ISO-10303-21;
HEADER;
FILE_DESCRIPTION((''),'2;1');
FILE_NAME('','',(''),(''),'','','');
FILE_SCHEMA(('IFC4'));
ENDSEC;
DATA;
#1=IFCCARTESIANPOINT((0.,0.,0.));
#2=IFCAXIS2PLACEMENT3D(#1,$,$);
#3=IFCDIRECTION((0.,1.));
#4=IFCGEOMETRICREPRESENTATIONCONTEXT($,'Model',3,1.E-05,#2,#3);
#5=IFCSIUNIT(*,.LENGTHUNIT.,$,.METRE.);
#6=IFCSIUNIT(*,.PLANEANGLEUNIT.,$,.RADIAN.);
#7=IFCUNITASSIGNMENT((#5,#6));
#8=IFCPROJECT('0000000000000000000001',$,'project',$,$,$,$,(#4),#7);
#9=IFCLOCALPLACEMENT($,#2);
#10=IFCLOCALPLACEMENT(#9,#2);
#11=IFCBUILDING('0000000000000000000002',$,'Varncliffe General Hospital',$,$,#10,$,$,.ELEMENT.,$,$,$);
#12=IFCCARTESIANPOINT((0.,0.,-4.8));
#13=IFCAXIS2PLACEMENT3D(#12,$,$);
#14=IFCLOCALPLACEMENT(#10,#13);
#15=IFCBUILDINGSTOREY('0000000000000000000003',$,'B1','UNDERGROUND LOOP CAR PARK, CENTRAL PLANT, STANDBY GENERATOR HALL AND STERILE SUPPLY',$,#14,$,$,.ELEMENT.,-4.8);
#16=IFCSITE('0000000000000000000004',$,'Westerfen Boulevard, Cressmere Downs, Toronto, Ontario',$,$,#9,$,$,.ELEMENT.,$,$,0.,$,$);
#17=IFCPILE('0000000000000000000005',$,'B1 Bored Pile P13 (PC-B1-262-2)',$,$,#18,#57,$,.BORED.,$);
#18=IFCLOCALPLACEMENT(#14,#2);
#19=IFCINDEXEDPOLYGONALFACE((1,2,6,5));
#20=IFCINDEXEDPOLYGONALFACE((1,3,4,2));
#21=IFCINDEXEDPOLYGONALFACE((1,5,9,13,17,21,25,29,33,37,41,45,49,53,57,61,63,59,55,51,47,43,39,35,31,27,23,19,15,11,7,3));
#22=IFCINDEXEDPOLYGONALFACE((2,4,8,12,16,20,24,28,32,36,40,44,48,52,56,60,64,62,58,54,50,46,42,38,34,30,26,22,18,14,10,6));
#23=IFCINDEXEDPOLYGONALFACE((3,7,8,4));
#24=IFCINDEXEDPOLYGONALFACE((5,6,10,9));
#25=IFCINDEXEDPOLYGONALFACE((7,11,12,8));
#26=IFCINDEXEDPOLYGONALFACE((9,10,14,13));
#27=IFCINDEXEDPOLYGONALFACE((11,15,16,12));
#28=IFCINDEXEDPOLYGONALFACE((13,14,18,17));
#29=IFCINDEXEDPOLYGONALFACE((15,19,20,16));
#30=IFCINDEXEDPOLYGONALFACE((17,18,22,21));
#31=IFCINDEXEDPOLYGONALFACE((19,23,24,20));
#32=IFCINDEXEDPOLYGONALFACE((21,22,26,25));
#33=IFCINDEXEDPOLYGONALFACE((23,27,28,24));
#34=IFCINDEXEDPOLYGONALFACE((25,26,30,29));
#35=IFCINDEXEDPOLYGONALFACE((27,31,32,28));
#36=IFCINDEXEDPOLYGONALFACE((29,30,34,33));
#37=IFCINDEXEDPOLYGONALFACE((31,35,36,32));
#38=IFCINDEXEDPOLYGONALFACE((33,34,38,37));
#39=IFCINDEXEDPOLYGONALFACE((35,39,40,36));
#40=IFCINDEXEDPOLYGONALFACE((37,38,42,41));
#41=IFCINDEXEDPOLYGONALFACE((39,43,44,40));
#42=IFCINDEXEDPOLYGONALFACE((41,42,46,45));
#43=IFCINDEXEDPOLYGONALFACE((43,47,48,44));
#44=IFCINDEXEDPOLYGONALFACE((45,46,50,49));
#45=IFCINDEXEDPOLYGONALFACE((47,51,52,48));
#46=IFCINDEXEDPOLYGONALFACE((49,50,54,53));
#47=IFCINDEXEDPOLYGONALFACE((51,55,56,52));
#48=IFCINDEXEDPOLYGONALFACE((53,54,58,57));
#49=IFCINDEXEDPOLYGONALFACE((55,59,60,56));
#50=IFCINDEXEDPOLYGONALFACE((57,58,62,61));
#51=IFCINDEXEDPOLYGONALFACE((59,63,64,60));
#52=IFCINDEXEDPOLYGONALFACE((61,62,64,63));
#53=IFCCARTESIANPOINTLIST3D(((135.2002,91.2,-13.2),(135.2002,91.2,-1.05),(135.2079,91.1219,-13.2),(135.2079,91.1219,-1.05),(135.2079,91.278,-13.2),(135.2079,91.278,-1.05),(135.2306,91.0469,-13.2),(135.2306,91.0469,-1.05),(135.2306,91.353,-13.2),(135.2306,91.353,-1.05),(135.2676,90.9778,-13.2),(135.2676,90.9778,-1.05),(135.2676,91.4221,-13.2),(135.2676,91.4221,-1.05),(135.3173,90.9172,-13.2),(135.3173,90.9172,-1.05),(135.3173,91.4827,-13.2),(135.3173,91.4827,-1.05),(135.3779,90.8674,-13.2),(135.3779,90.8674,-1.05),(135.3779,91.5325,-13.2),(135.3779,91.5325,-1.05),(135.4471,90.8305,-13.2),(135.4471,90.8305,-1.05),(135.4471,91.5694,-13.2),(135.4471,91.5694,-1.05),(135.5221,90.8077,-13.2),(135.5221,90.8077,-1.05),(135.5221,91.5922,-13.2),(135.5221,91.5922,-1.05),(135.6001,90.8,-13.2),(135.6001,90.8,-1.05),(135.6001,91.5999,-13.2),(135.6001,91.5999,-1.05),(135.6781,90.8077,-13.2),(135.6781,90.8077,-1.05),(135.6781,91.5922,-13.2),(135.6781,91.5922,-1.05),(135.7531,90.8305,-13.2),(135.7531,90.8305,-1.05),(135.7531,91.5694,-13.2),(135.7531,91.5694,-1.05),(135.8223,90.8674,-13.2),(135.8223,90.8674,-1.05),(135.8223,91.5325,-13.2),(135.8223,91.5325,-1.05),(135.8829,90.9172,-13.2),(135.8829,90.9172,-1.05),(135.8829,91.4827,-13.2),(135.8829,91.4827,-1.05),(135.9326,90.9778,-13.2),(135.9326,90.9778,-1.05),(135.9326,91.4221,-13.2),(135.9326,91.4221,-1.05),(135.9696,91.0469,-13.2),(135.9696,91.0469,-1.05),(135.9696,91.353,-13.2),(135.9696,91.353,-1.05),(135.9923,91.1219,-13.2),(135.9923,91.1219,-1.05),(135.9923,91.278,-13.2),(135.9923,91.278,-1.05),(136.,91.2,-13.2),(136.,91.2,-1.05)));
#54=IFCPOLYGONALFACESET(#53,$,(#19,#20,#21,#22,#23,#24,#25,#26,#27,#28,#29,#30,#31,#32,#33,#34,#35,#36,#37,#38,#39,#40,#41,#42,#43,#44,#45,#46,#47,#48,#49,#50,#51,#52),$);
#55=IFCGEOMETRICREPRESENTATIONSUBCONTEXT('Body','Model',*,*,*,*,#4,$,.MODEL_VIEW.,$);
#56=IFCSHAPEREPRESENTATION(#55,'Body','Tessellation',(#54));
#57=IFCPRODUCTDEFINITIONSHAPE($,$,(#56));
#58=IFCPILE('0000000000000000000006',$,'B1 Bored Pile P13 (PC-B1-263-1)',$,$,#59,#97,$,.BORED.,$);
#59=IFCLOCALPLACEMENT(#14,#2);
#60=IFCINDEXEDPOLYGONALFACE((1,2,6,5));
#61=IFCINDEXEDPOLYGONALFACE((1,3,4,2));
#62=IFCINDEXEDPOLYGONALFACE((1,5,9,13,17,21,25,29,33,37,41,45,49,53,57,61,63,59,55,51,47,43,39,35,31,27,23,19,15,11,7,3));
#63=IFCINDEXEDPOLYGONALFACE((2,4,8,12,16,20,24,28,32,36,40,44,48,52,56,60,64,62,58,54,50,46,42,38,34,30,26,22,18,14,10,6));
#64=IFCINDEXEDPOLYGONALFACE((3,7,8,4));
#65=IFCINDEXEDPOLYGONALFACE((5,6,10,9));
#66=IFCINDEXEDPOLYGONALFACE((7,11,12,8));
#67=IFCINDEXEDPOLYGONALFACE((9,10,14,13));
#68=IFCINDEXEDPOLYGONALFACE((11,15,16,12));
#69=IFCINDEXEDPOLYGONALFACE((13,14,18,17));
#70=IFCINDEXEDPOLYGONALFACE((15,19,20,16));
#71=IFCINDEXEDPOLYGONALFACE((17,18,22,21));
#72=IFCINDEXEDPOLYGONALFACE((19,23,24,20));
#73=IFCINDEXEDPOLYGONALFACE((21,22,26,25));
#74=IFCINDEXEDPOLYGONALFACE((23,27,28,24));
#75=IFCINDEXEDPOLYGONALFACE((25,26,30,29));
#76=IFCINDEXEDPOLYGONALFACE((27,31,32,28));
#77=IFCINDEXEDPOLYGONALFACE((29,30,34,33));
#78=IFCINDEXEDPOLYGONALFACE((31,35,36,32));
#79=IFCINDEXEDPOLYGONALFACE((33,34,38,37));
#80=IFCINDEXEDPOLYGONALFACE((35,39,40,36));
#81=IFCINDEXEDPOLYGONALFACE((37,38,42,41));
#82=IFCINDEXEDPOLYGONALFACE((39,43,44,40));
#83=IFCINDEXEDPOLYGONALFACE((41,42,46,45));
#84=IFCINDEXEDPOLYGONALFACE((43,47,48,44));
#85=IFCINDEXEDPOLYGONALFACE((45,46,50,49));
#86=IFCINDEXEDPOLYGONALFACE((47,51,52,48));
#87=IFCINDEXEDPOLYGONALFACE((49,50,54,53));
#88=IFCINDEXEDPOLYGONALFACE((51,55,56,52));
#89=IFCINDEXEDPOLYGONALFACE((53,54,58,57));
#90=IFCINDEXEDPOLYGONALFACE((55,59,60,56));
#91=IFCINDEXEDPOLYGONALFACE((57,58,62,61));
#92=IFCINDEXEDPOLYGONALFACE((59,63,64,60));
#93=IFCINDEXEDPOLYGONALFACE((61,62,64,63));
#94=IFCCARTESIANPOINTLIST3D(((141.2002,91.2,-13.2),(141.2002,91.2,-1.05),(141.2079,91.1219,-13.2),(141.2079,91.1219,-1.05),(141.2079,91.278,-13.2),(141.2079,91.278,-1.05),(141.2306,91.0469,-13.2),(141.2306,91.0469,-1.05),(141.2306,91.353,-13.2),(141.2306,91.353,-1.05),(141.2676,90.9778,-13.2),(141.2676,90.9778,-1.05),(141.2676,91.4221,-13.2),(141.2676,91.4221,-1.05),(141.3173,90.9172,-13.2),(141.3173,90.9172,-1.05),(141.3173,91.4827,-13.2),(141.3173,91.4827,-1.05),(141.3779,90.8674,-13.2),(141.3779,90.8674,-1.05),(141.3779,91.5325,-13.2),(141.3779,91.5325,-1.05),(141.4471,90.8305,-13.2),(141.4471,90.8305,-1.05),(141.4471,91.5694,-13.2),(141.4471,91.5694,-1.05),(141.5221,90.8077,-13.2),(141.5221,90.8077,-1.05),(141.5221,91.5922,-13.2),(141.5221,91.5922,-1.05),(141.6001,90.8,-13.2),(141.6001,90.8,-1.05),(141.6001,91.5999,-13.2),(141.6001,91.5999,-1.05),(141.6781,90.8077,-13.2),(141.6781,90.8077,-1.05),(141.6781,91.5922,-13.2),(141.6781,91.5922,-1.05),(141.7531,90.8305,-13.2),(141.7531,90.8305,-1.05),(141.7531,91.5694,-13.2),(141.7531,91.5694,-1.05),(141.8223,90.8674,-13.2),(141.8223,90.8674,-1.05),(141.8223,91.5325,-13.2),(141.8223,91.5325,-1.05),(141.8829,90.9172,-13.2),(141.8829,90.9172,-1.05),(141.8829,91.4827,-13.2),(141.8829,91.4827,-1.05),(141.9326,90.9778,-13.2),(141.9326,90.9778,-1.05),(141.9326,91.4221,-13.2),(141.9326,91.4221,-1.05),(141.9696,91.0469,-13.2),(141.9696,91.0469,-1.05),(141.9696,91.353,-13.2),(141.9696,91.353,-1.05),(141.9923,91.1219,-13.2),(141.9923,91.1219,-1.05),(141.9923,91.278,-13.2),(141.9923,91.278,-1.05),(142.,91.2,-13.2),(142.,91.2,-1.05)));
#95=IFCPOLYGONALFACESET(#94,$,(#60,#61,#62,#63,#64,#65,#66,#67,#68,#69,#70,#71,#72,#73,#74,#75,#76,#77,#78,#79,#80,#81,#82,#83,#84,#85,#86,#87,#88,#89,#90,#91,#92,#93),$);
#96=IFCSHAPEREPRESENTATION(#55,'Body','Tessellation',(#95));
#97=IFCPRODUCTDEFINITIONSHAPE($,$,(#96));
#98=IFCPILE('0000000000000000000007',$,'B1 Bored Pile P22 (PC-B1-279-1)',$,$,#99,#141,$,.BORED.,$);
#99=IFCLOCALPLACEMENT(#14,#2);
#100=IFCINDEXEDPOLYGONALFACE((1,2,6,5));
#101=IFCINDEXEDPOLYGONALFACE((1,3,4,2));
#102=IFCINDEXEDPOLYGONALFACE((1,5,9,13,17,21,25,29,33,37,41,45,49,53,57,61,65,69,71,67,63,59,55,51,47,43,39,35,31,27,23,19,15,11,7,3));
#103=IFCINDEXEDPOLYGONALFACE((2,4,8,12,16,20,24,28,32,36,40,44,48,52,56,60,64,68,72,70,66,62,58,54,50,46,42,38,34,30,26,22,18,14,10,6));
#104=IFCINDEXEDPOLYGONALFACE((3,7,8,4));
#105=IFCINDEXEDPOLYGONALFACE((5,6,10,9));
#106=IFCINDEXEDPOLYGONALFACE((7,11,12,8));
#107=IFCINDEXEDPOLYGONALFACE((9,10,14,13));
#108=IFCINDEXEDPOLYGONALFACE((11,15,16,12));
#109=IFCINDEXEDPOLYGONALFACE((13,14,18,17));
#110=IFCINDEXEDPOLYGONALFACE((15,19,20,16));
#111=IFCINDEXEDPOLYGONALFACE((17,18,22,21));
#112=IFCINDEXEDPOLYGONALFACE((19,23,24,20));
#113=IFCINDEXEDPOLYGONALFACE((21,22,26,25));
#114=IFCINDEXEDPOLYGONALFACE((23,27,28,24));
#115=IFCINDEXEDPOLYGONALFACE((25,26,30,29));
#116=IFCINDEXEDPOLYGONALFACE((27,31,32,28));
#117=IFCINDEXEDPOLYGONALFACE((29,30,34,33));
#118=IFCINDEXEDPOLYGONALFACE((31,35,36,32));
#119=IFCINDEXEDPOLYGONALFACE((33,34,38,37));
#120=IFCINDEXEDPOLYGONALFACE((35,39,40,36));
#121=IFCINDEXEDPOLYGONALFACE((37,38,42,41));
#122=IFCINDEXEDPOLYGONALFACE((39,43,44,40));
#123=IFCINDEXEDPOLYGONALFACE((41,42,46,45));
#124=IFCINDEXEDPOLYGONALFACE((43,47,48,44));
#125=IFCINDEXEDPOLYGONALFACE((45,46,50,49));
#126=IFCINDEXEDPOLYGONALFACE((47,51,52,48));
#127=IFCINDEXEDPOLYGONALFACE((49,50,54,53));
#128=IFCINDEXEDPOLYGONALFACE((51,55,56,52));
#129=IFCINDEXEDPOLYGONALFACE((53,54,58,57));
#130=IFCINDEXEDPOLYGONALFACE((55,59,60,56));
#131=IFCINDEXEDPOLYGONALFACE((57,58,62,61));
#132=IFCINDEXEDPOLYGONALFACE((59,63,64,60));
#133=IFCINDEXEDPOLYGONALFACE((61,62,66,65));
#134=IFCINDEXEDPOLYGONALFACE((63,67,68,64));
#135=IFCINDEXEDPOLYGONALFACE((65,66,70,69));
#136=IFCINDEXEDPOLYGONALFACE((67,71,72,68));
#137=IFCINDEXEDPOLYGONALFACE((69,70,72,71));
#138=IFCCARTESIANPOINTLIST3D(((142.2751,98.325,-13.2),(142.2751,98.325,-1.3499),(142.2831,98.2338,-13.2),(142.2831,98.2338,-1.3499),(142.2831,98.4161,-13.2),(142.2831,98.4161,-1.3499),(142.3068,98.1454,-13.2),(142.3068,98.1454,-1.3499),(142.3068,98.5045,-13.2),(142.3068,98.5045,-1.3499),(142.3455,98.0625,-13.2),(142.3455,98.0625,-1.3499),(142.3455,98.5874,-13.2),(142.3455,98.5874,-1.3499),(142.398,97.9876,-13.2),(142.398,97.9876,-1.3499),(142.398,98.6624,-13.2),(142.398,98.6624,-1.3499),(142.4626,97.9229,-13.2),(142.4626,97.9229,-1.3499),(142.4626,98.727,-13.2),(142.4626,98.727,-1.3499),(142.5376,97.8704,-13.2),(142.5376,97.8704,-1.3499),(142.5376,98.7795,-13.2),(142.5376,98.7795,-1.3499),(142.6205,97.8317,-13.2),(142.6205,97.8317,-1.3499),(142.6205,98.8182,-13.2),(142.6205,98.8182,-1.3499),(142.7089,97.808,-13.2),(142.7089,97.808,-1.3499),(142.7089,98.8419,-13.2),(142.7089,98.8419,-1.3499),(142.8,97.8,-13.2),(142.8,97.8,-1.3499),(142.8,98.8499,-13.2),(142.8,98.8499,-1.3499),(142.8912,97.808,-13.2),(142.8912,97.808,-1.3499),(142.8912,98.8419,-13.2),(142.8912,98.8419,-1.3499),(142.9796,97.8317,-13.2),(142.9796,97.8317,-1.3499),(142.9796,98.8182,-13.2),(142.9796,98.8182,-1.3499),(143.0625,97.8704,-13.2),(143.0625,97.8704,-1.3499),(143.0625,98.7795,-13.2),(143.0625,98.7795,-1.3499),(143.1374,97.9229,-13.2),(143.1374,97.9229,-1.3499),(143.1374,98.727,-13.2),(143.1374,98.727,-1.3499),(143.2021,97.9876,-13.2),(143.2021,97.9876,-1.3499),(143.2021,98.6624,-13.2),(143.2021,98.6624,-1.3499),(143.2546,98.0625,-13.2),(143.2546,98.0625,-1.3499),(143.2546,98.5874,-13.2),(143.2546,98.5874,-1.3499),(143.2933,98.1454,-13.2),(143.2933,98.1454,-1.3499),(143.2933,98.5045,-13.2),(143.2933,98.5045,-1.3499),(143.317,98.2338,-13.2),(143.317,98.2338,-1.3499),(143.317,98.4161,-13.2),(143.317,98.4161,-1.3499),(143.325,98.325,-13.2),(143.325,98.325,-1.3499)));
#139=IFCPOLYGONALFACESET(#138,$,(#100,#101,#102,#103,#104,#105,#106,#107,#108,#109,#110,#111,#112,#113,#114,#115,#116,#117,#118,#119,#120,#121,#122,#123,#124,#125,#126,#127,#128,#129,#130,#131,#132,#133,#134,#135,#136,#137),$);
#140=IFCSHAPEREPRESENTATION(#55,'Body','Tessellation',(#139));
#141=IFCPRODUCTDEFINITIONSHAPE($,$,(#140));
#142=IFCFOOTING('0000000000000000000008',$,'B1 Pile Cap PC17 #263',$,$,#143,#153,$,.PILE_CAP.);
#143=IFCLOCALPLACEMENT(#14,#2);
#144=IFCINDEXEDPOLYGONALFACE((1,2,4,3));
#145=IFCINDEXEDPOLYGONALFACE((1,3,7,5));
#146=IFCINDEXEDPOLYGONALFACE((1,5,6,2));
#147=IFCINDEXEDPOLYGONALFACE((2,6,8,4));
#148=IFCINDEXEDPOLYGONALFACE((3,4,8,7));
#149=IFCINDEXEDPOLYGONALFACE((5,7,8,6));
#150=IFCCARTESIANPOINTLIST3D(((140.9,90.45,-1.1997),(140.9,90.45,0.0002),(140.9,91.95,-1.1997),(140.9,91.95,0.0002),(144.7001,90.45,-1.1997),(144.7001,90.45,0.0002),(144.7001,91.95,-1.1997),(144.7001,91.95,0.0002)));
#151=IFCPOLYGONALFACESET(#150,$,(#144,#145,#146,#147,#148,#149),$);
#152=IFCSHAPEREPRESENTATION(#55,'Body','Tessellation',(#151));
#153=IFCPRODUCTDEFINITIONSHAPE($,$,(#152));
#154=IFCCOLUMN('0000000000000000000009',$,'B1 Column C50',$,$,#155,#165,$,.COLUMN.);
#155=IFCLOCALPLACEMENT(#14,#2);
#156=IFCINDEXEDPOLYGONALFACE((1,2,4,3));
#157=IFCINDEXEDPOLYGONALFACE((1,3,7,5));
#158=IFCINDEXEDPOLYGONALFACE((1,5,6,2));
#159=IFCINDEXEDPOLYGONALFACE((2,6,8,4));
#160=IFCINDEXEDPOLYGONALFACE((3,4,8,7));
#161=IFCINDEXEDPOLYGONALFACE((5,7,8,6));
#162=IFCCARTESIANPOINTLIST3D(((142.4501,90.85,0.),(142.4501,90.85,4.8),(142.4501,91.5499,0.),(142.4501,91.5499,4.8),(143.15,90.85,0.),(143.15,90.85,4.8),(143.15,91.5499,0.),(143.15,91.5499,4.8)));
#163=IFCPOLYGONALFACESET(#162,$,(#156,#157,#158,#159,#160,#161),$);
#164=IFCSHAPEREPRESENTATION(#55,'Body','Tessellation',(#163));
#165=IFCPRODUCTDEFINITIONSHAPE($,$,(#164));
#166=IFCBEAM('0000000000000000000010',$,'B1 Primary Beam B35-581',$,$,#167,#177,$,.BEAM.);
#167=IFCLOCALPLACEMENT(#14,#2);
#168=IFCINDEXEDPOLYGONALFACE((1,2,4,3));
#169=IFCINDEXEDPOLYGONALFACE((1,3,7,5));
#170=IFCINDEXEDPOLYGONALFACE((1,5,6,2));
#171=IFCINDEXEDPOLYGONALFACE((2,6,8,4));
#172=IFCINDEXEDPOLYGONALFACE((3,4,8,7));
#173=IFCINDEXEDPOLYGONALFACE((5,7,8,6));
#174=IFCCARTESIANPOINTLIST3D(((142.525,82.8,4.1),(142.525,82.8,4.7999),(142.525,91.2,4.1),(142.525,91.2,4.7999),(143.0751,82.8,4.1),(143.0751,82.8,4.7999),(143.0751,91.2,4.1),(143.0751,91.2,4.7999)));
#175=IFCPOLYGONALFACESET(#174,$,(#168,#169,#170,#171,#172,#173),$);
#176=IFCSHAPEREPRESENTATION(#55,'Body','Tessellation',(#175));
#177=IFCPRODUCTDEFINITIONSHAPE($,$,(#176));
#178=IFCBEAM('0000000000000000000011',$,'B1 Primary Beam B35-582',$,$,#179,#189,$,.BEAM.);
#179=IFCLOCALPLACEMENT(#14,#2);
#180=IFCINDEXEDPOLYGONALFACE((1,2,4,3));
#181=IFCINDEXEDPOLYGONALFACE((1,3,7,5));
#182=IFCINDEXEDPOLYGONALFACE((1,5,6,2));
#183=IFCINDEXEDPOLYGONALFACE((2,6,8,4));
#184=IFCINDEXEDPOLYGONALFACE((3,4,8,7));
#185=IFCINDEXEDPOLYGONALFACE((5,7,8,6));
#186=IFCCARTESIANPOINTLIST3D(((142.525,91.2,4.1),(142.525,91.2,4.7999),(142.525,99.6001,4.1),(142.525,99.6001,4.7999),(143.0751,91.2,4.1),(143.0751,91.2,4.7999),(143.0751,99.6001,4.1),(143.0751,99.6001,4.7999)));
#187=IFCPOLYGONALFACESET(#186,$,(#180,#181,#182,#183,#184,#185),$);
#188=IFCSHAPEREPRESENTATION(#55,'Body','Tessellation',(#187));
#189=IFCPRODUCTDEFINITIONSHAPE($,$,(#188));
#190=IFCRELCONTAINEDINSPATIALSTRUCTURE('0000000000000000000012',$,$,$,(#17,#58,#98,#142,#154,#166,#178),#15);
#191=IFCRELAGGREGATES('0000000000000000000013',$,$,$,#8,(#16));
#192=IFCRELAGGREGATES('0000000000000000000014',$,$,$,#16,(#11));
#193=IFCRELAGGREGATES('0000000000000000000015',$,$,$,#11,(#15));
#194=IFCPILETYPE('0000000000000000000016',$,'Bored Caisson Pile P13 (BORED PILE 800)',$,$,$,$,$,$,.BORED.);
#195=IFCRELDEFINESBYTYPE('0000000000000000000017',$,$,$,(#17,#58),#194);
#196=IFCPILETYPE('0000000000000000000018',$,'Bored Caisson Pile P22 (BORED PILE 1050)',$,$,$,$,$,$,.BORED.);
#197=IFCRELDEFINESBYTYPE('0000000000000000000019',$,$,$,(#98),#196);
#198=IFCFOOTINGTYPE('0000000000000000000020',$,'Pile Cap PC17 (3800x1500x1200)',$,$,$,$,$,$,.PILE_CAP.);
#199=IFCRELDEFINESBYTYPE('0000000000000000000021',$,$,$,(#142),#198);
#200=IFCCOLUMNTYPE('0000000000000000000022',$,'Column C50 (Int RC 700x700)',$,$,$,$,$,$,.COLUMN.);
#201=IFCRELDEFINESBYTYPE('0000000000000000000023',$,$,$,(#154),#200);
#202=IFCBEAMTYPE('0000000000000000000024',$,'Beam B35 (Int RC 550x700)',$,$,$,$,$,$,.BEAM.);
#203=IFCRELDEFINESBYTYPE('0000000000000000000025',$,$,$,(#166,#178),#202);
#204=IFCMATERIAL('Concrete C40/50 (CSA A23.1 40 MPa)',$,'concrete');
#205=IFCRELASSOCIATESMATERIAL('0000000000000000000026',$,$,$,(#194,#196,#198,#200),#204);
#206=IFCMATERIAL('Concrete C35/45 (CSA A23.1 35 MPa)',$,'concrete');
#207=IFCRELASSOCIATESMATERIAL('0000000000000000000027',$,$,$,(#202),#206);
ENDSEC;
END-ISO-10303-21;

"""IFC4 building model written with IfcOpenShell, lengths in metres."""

from ifc_helpers import new_model, si_unit, direction, frame, origin, origin_2d, place, context, subcontext, project, spatial, rectangle, circle, extrude, material, material_profile, profile_set, type_object, element, save


model = new_model("IFC4")

# Units and contexts
model_context = context("Model", 3, precision=1e-05, world=origin(), true_north=direction((0.0, 1.0)))
body_context = subcontext(model_context, "Body", "Model", "MODEL_VIEW")
ifc_project = project(units=[si_unit("LENGTHUNIT", "METRE"), si_unit("PLANEANGLEUNIT", "RADIAN")], contexts=[model_context])

# Site, building, storey
site_placement = place(None, origin())
site = spatial("IfcSite", under=ifc_project, at=site_placement, Name="Westerfen Boulevard, Cressmere Downs, Toronto, Ontario", CompositionType="ELEMENT", RefElevation=0.0)
building_placement = place(site_placement, origin())
building = spatial("IfcBuilding", under=site, at=building_placement, Name="Varncliffe General Hospital", CompositionType="ELEMENT")
storey_placement = place(building_placement, frame((0.0, 0.0, -4.8)))
storey = spatial("IfcBuildingStorey", under=building, at=storey_placement, Name="B1", Description="UNDERGROUND LOOP CAR PARK, CENTRAL PLANT, STANDBY GENERATOR HALL AND STERILE SUPPLY", CompositionType="ELEMENT", Elevation=-4.8)

# Piles
ifc_material_1 = material(Name="Concrete C40/50 (CSA A23.1 40 MPa)", Category="concrete")
ifc_material_profile_1 = material_profile(ifc_material_1, circle(Radius=0.3999, at=origin_2d()), Name="BORED PILE 800")
ifc_profile_set_1 = profile_set([ifc_material_profile_1], Name="Concrete C40/50 (CSA A23.1 40 MPa)")
pile_type_1 = type_object("IfcPileType", Name="Bored Caisson Pile P13 (BORED PILE 800)", PredefinedType="BORED", material=ifc_profile_set_1)
for number, where, z_axis, x_axis, name in (
    (1, (135.6001, 91.2, -1.05), (0.0, 0.0, -1.0), (1.0, 0.0, 0.0), "B1 Bored Pile P13 (PC-B1-262-2)"),
    (2, (141.6001, 91.2, -1.05), (0.0, 0.0, -1.0), (1.0, 0.0, 0.0), "B1 Bored Pile P13 (PC-B1-263-1)"),
):
    element("IfcPile", number, at=place(storey_placement, frame(where, z_axis=z_axis, x_axis=x_axis)), inside=storey, type_object=pile_type_1, Name=name, PredefinedType="BORED", context=body_context, shape_type="SweptSolid", body=[
        extrude(circle(Radius=0.3999, at=origin_2d()), origin(), (0.0, 0.0, 1.0), 12.1499),
    ])
ifc_material_profile_2 = material_profile(ifc_material_1, circle(Radius=0.5249, at=origin_2d()), Name="BORED PILE 1050")
ifc_profile_set_2 = profile_set([ifc_material_profile_2], Name="Concrete C40/50 (CSA A23.1 40 MPa)")
pile_type_2 = type_object("IfcPileType", Name="Bored Caisson Pile P22 (BORED PILE 1050)", PredefinedType="BORED", material=ifc_profile_set_2)
pile_placement = place(storey_placement, frame((142.8, 98.325, -1.3499), z_axis=(0.0, 0.0, -1.0), x_axis=(1.0, 0.0, 0.0)))
element("IfcPile", 3, at=pile_placement, inside=storey, type_object=pile_type_2, Name="B1 Bored Pile P22 (PC-B1-279-1)", PredefinedType="BORED", context=body_context, shape_type="SweptSolid", body=[
    extrude(circle(Radius=0.5249, at=origin_2d()), origin(), (0.0, 0.0, 1.0), 11.8501),
])

# Footing
footing_type = type_object("IfcFootingType", Name="Pile Cap PC17 (3800x1500x1200)", PredefinedType="PILE_CAP", material=ifc_material_1)
footing_placement = place(storey_placement, frame((142.8, 91.2, -1.1997), z_axis=(0.0, 0.0, 1.0), x_axis=(1.0, 0.0, 0.0)))
element("IfcFooting", 4, at=footing_placement, inside=storey, type_object=footing_type, Name="B1 Pile Cap PC17 #263", PredefinedType="PILE_CAP", context=body_context, shape_type="SweptSolid", body=[
    extrude(rectangle(XDim=3.8, YDim=1.5, at=origin_2d()), origin(), (0.0, 0.0, 1.0), 1.2),
])

# Column
ifc_material_profile_3 = material_profile(ifc_material_1, rectangle(XDim=0.7, YDim=0.7, at=origin_2d()), Name="RC 700x700")
ifc_profile_set_3 = profile_set([ifc_material_profile_3], Name="Concrete C40/50 (CSA A23.1 40 MPa)")
column_type = type_object("IfcColumnType", Name="Column C50 (Int RC 700x700)", PredefinedType="COLUMN", material=ifc_profile_set_3)
column_placement = place(storey_placement, frame((142.8, 91.2, 0.0), z_axis=(0.0, 0.0, 1.0), x_axis=(1.0, 0.0, 0.0)))
element("IfcColumn", 5, at=column_placement, inside=storey, type_object=column_type, Name="B1 Column C50", PredefinedType="COLUMN", context=body_context, shape_type="SweptSolid", body=[
    extrude(rectangle(XDim=0.7, YDim=0.7, at=origin_2d()), origin(), (0.0, 0.0, 1.0), 4.8),
])

# Beams
ifc_material_2 = material(Name="Concrete C35/45 (CSA A23.1 35 MPa)", Category="concrete")
ifc_material_profile_4 = material_profile(ifc_material_2, rectangle(XDim=0.55, YDim=0.7, at=origin_2d()), Name="RC 550x700")
ifc_profile_set_4 = profile_set([ifc_material_profile_4], Name="Concrete C35/45 (CSA A23.1 35 MPa)")
beam_type_1 = type_object("IfcBeamType", Name="Beam B35 (Int RC 550x700)", PredefinedType="BEAM", material=ifc_profile_set_4)
beam_1_placement = place(storey_placement, frame((142.8, 82.8, 4.45), z_axis=(0.0, 1.0, 0.0), x_axis=(-1.0, 0.0, 0.0)))
element("IfcBeam", 6, at=beam_1_placement, inside=storey, type_object=beam_type_1, Name="B1 Primary Beam B35-581", PredefinedType="BEAM", context=body_context, shape_type="SweptSolid", body=[
    extrude(rectangle(XDim=0.55, YDim=0.7, at=origin_2d()), origin(), (0.0, 0.0, 1.0), 8.3999),
])
beam_2_placement = place(storey_placement, frame((142.8, 91.2, 4.45), z_axis=(0.0, 1.0, 0.0), x_axis=(-1.0, 0.0, 0.0)))
element("IfcBeam", 7, at=beam_2_placement, inside=storey, type_object=beam_type_1, Name="B1 Primary Beam B35-582", PredefinedType="BEAM", context=body_context, shape_type="SweptSolid", body=[
    extrude(rectangle(XDim=0.55, YDim=0.7, at=origin_2d()), origin(), (0.0, 0.0, 1.0), 8.4001),
])

save(model, "model.ifc")
